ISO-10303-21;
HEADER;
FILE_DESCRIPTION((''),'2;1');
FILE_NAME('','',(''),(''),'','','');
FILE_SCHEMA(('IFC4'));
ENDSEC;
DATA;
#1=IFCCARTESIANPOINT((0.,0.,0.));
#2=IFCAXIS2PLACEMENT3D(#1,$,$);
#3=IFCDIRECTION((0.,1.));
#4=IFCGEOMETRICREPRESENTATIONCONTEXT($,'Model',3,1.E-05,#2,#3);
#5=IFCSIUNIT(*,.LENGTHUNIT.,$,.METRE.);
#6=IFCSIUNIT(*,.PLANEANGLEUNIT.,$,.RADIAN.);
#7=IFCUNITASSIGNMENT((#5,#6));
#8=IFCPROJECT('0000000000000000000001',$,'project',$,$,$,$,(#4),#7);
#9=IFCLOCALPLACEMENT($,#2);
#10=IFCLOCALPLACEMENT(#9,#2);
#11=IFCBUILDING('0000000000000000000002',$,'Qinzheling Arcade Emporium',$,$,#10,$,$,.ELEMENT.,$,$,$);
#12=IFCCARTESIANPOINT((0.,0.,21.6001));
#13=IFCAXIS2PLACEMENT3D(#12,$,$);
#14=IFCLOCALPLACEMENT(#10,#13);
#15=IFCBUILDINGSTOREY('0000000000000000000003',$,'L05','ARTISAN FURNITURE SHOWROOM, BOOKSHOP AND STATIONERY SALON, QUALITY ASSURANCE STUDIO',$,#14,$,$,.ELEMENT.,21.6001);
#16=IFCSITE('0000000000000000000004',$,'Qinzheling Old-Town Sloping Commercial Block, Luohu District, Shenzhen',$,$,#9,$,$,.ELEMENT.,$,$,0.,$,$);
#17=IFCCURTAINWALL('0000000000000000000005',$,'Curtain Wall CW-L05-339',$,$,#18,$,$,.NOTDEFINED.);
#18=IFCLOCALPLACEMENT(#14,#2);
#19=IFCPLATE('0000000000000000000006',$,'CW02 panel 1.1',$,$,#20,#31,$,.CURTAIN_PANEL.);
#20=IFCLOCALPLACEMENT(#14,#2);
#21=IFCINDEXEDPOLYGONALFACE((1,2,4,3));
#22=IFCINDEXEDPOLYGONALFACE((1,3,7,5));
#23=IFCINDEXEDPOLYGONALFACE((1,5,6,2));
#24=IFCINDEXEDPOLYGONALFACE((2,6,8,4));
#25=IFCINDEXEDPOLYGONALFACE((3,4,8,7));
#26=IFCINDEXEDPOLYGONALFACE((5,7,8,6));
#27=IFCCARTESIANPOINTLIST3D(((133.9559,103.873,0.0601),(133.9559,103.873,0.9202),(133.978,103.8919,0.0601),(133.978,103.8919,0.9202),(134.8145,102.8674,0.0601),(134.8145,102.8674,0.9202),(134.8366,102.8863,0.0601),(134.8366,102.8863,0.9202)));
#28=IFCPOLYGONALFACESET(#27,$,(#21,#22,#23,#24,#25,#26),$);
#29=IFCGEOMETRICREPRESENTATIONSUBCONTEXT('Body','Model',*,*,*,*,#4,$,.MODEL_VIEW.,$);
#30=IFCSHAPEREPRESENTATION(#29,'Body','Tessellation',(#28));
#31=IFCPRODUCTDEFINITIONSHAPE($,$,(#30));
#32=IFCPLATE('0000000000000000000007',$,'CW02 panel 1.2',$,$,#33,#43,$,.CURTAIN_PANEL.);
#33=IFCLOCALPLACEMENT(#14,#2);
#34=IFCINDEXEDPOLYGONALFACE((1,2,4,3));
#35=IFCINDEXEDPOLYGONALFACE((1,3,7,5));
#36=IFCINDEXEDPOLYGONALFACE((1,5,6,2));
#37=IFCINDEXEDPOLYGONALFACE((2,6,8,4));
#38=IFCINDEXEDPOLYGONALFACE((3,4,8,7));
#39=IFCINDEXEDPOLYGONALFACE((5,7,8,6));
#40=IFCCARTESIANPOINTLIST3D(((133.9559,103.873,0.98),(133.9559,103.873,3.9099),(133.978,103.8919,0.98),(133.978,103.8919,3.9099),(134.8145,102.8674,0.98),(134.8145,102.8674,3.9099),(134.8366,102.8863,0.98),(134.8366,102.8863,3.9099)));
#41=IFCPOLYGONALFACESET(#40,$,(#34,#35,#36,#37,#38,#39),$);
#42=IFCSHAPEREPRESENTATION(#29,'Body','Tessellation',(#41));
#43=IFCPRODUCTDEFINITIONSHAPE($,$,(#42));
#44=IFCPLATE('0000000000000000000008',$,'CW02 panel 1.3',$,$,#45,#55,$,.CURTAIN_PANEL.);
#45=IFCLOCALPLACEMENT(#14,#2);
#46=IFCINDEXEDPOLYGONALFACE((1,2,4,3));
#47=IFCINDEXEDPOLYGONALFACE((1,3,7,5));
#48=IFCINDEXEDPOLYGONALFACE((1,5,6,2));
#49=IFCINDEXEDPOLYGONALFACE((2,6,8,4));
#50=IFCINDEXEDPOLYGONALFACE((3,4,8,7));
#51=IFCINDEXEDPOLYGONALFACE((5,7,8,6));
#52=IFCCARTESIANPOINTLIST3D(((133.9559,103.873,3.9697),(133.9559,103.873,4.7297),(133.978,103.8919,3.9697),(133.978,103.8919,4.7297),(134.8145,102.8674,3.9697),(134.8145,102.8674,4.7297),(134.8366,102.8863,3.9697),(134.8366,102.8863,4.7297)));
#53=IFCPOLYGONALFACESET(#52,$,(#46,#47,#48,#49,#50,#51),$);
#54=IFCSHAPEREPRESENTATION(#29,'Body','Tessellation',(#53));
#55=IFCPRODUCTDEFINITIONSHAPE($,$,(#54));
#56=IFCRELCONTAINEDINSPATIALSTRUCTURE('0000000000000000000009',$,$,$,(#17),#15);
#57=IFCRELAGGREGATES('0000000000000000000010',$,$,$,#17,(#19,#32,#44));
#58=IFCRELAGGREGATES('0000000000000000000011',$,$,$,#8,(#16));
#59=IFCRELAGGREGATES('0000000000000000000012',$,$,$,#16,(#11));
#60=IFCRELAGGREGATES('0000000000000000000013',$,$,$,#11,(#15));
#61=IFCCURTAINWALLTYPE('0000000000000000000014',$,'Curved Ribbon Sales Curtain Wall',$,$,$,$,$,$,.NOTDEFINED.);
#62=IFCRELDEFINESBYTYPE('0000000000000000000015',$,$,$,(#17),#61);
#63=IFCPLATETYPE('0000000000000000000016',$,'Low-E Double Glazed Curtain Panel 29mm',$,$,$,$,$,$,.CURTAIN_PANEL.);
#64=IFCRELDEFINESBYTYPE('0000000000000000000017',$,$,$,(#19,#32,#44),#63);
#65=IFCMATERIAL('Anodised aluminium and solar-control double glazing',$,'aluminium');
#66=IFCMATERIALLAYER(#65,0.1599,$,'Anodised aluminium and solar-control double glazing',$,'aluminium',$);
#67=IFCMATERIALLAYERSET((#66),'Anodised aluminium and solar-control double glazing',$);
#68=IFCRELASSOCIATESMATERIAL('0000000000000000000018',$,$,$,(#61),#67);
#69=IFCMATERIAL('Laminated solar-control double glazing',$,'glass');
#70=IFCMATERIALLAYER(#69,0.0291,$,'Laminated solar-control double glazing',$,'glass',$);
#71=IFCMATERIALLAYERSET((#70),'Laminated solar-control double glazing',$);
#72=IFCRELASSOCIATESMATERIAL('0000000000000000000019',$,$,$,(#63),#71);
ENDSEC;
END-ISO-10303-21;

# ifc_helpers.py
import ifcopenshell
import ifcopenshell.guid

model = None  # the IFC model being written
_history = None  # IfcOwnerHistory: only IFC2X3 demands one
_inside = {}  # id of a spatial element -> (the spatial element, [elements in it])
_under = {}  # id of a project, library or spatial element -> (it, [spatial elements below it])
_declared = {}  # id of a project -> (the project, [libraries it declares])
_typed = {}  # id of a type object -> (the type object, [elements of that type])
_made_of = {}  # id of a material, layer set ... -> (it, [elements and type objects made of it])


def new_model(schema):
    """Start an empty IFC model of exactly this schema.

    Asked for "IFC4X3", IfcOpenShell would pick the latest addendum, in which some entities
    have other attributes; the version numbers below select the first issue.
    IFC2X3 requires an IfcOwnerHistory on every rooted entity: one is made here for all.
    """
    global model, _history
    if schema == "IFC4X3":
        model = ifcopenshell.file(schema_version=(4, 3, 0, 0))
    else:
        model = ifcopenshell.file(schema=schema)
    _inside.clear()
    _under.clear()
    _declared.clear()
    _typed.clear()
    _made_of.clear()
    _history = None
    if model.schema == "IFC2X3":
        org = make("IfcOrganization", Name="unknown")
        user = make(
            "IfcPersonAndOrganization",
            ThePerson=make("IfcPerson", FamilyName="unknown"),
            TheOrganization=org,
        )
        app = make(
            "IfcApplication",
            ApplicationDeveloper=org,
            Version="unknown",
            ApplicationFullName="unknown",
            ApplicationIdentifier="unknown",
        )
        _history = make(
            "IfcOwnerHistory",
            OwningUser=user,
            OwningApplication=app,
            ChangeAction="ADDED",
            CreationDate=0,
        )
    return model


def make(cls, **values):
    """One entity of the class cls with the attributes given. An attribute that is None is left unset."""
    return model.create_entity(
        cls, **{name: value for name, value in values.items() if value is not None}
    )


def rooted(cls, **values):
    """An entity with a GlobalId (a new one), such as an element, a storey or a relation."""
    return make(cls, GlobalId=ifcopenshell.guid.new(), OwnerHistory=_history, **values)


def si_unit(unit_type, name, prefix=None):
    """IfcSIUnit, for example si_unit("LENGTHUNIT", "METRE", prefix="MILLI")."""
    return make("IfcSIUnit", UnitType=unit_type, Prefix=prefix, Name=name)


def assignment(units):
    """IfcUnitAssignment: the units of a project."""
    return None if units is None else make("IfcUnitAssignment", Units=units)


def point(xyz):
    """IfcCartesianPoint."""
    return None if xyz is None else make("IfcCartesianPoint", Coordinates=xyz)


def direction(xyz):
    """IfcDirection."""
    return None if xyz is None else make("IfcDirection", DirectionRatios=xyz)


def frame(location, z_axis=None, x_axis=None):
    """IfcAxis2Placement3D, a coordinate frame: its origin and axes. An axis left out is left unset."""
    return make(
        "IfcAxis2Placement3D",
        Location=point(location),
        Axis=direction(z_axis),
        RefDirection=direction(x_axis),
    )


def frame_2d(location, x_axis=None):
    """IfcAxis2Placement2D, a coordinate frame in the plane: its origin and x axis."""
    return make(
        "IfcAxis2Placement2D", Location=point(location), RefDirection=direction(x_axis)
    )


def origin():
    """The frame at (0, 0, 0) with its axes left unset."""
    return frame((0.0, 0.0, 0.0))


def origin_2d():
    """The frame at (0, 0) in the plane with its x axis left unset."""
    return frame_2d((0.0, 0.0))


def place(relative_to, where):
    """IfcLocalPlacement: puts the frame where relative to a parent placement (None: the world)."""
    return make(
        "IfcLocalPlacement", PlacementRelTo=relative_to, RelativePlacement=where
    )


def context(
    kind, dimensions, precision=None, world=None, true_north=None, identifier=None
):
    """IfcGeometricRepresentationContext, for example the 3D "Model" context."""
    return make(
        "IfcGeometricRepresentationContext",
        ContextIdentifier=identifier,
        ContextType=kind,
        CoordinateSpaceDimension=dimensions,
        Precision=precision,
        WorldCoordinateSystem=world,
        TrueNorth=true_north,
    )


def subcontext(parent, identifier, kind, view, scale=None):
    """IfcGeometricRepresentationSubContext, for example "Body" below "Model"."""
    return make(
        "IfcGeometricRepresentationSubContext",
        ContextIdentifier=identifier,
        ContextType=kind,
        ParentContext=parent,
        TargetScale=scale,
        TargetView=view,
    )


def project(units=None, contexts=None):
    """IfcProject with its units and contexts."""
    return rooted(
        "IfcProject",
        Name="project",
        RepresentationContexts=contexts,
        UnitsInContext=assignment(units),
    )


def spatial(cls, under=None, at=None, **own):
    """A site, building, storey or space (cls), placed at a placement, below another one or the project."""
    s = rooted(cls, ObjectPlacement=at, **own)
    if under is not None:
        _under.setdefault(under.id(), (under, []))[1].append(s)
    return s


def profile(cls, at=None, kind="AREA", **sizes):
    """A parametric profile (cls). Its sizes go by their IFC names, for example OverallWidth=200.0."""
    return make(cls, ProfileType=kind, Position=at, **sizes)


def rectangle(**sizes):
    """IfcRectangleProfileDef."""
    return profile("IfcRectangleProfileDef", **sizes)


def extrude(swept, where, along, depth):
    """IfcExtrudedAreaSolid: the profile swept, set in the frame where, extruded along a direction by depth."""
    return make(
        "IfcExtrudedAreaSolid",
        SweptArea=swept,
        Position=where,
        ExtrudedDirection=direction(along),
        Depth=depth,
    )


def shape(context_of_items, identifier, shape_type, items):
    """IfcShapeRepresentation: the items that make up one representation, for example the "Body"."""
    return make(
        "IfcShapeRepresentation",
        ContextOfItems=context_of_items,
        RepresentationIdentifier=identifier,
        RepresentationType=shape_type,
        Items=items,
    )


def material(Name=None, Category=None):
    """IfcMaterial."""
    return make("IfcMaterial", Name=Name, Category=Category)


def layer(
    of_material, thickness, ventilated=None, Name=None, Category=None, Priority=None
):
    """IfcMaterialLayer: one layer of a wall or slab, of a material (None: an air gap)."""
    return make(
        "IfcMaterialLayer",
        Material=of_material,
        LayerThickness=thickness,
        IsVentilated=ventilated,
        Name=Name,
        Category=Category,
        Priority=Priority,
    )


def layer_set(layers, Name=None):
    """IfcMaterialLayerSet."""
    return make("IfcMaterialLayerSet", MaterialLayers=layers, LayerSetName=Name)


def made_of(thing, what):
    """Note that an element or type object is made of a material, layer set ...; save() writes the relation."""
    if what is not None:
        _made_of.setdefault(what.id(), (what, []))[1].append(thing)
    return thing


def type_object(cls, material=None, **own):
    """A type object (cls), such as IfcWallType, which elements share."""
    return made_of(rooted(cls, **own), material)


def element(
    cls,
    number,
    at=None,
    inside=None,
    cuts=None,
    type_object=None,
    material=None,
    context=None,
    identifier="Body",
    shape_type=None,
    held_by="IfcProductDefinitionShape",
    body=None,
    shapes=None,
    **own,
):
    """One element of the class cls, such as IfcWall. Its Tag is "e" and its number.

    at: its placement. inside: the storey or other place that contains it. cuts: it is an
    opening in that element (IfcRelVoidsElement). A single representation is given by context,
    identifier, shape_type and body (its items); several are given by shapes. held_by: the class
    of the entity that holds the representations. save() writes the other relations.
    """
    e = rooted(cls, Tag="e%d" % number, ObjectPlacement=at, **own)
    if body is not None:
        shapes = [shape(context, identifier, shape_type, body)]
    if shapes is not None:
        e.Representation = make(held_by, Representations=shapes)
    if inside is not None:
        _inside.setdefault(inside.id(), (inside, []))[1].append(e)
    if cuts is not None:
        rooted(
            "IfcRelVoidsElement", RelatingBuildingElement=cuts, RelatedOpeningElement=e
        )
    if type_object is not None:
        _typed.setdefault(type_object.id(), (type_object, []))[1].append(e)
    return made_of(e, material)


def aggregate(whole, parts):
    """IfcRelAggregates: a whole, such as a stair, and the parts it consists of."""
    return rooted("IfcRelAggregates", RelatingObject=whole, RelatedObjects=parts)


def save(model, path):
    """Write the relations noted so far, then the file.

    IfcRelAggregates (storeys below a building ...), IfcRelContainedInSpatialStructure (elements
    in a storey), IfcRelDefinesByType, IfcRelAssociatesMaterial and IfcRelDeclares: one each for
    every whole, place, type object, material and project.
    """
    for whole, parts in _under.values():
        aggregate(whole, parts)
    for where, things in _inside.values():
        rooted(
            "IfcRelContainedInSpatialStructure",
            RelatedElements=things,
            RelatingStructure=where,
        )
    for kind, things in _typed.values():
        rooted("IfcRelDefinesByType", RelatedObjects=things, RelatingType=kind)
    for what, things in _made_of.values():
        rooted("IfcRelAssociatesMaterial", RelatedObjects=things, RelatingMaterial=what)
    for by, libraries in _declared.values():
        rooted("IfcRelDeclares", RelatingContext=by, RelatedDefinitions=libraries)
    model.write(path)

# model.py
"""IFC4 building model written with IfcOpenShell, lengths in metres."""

from ifc_helpers import new_model, si_unit, direction, frame, origin, origin_2d, place, context, subcontext, project, spatial, rectangle, extrude, material, layer, layer_set, type_object, element, aggregate, save


model = new_model("IFC4")

# Units and contexts
model_context = context("Model", 3, precision=1e-05, world=origin(), true_north=direction((0.0, 1.0)))
body_context = subcontext(model_context, "Body", "Model", "MODEL_VIEW")
ifc_project = project(units=[si_unit("LENGTHUNIT", "METRE"), si_unit("PLANEANGLEUNIT", "RADIAN")], contexts=[model_context])

# Site, building, storey
site_placement = place(None, origin())
site = spatial("IfcSite", under=ifc_project, at=site_placement, Name="Qinzheling Old-Town Sloping Commercial Block, Luohu District, Shenzhen", CompositionType="ELEMENT", RefElevation=0.0)
building_placement = place(site_placement, origin())
building = spatial("IfcBuilding", under=site, at=building_placement, Name="Qinzheling Arcade Emporium", CompositionType="ELEMENT")
storey_placement = place(building_placement, frame((0.0, 0.0, 21.6001)))
storey = spatial("IfcBuildingStorey", under=building, at=storey_placement, Name="L05", Description="ARTISAN FURNITURE SHOWROOM, BOOKSHOP AND STATIONERY SALON, QUALITY ASSURANCE STUDIO", CompositionType="ELEMENT", Elevation=21.6001)

# Shared definitions
ifc_material_1 = material(Name="Anodised aluminium and solar-control double glazing", Category="aluminium")
ifc_layer_1 = layer(ifc_material_1, 0.1599, Name="Anodised aluminium and solar-control double glazing", Category="aluminium")
ifc_layer_set_1 = layer_set([ifc_layer_1], Name="Anodised aluminium and solar-control double glazing")
curtain_wall_type = type_object("IfcCurtainWallType", Name="Curved Ribbon Sales Curtain Wall", PredefinedType="NOTDEFINED", material=ifc_layer_set_1)

# Curtain wall
curtain_wall_1_placement = place(storey_placement, origin())
curtain_wall_1 = element("IfcCurtainWall", 1, at=curtain_wall_1_placement, inside=storey, type_object=curtain_wall_type, Name="Curtain Wall CW-L05-339", PredefinedType="NOTDEFINED")

# Plates
ifc_material_2 = material(Name="Laminated solar-control double glazing", Category="glass")
ifc_layer_2 = layer(ifc_material_2, 0.0291, Name="Laminated solar-control double glazing", Category="glass")
ifc_layer_set_2 = layer_set([ifc_layer_2], Name="Laminated solar-control double glazing")
plate_type_1 = type_object("IfcPlateType", Name="Low-E Double Glazed Curtain Panel 29mm", PredefinedType="CURTAIN_PANEL", material=ifc_layer_set_2)
plate_1_placement = place(storey_placement, frame((134.3962, 103.3796, 0.0601), z_axis=(0.0, 0.0, 1.0), x_axis=(0.649332, -0.760505, 0.0)))
plate_1 = element("IfcPlate", 2, at=plate_1_placement, type_object=plate_type_1, Name="CW02 panel 1.1", PredefinedType="CURTAIN_PANEL", context=body_context, shape_type="SweptSolid", body=[
    extrude(rectangle(XDim=1.3223, YDim=0.0291, at=origin_2d()), origin(), (0.0, 0.0, 1.0), 0.8601),
])
plate_2_placement = place(storey_placement, frame((134.3962, 103.3796, 0.98), z_axis=(0.0, 0.0, 1.0), x_axis=(0.649332, -0.760505, 0.0)))
plate_2 = element("IfcPlate", 3, at=plate_2_placement, type_object=plate_type_1, Name="CW02 panel 1.2", PredefinedType="CURTAIN_PANEL", context=body_context, shape_type="SweptSolid", body=[
    extrude(rectangle(XDim=1.3223, YDim=0.0291, at=origin_2d()), origin(), (0.0, 0.0, 1.0), 2.9299),
])
plate_3_placement = place(storey_placement, frame((134.3962, 103.3796, 3.9697), z_axis=(0.0, 0.0, 1.0), x_axis=(0.649332, -0.760505, 0.0)))
plate_3 = element("IfcPlate", 4, at=plate_3_placement, type_object=plate_type_1, Name="CW02 panel 1.3", PredefinedType="CURTAIN_PANEL", context=body_context, shape_type="SweptSolid", body=[
    extrude(rectangle(XDim=1.3223, YDim=0.0291, at=origin_2d()), origin(), (0.0, 0.0, 1.0), 0.76),
])
aggregate(curtain_wall_1, [plate_1, plate_2, plate_3])

save(model, "model.ifc")
